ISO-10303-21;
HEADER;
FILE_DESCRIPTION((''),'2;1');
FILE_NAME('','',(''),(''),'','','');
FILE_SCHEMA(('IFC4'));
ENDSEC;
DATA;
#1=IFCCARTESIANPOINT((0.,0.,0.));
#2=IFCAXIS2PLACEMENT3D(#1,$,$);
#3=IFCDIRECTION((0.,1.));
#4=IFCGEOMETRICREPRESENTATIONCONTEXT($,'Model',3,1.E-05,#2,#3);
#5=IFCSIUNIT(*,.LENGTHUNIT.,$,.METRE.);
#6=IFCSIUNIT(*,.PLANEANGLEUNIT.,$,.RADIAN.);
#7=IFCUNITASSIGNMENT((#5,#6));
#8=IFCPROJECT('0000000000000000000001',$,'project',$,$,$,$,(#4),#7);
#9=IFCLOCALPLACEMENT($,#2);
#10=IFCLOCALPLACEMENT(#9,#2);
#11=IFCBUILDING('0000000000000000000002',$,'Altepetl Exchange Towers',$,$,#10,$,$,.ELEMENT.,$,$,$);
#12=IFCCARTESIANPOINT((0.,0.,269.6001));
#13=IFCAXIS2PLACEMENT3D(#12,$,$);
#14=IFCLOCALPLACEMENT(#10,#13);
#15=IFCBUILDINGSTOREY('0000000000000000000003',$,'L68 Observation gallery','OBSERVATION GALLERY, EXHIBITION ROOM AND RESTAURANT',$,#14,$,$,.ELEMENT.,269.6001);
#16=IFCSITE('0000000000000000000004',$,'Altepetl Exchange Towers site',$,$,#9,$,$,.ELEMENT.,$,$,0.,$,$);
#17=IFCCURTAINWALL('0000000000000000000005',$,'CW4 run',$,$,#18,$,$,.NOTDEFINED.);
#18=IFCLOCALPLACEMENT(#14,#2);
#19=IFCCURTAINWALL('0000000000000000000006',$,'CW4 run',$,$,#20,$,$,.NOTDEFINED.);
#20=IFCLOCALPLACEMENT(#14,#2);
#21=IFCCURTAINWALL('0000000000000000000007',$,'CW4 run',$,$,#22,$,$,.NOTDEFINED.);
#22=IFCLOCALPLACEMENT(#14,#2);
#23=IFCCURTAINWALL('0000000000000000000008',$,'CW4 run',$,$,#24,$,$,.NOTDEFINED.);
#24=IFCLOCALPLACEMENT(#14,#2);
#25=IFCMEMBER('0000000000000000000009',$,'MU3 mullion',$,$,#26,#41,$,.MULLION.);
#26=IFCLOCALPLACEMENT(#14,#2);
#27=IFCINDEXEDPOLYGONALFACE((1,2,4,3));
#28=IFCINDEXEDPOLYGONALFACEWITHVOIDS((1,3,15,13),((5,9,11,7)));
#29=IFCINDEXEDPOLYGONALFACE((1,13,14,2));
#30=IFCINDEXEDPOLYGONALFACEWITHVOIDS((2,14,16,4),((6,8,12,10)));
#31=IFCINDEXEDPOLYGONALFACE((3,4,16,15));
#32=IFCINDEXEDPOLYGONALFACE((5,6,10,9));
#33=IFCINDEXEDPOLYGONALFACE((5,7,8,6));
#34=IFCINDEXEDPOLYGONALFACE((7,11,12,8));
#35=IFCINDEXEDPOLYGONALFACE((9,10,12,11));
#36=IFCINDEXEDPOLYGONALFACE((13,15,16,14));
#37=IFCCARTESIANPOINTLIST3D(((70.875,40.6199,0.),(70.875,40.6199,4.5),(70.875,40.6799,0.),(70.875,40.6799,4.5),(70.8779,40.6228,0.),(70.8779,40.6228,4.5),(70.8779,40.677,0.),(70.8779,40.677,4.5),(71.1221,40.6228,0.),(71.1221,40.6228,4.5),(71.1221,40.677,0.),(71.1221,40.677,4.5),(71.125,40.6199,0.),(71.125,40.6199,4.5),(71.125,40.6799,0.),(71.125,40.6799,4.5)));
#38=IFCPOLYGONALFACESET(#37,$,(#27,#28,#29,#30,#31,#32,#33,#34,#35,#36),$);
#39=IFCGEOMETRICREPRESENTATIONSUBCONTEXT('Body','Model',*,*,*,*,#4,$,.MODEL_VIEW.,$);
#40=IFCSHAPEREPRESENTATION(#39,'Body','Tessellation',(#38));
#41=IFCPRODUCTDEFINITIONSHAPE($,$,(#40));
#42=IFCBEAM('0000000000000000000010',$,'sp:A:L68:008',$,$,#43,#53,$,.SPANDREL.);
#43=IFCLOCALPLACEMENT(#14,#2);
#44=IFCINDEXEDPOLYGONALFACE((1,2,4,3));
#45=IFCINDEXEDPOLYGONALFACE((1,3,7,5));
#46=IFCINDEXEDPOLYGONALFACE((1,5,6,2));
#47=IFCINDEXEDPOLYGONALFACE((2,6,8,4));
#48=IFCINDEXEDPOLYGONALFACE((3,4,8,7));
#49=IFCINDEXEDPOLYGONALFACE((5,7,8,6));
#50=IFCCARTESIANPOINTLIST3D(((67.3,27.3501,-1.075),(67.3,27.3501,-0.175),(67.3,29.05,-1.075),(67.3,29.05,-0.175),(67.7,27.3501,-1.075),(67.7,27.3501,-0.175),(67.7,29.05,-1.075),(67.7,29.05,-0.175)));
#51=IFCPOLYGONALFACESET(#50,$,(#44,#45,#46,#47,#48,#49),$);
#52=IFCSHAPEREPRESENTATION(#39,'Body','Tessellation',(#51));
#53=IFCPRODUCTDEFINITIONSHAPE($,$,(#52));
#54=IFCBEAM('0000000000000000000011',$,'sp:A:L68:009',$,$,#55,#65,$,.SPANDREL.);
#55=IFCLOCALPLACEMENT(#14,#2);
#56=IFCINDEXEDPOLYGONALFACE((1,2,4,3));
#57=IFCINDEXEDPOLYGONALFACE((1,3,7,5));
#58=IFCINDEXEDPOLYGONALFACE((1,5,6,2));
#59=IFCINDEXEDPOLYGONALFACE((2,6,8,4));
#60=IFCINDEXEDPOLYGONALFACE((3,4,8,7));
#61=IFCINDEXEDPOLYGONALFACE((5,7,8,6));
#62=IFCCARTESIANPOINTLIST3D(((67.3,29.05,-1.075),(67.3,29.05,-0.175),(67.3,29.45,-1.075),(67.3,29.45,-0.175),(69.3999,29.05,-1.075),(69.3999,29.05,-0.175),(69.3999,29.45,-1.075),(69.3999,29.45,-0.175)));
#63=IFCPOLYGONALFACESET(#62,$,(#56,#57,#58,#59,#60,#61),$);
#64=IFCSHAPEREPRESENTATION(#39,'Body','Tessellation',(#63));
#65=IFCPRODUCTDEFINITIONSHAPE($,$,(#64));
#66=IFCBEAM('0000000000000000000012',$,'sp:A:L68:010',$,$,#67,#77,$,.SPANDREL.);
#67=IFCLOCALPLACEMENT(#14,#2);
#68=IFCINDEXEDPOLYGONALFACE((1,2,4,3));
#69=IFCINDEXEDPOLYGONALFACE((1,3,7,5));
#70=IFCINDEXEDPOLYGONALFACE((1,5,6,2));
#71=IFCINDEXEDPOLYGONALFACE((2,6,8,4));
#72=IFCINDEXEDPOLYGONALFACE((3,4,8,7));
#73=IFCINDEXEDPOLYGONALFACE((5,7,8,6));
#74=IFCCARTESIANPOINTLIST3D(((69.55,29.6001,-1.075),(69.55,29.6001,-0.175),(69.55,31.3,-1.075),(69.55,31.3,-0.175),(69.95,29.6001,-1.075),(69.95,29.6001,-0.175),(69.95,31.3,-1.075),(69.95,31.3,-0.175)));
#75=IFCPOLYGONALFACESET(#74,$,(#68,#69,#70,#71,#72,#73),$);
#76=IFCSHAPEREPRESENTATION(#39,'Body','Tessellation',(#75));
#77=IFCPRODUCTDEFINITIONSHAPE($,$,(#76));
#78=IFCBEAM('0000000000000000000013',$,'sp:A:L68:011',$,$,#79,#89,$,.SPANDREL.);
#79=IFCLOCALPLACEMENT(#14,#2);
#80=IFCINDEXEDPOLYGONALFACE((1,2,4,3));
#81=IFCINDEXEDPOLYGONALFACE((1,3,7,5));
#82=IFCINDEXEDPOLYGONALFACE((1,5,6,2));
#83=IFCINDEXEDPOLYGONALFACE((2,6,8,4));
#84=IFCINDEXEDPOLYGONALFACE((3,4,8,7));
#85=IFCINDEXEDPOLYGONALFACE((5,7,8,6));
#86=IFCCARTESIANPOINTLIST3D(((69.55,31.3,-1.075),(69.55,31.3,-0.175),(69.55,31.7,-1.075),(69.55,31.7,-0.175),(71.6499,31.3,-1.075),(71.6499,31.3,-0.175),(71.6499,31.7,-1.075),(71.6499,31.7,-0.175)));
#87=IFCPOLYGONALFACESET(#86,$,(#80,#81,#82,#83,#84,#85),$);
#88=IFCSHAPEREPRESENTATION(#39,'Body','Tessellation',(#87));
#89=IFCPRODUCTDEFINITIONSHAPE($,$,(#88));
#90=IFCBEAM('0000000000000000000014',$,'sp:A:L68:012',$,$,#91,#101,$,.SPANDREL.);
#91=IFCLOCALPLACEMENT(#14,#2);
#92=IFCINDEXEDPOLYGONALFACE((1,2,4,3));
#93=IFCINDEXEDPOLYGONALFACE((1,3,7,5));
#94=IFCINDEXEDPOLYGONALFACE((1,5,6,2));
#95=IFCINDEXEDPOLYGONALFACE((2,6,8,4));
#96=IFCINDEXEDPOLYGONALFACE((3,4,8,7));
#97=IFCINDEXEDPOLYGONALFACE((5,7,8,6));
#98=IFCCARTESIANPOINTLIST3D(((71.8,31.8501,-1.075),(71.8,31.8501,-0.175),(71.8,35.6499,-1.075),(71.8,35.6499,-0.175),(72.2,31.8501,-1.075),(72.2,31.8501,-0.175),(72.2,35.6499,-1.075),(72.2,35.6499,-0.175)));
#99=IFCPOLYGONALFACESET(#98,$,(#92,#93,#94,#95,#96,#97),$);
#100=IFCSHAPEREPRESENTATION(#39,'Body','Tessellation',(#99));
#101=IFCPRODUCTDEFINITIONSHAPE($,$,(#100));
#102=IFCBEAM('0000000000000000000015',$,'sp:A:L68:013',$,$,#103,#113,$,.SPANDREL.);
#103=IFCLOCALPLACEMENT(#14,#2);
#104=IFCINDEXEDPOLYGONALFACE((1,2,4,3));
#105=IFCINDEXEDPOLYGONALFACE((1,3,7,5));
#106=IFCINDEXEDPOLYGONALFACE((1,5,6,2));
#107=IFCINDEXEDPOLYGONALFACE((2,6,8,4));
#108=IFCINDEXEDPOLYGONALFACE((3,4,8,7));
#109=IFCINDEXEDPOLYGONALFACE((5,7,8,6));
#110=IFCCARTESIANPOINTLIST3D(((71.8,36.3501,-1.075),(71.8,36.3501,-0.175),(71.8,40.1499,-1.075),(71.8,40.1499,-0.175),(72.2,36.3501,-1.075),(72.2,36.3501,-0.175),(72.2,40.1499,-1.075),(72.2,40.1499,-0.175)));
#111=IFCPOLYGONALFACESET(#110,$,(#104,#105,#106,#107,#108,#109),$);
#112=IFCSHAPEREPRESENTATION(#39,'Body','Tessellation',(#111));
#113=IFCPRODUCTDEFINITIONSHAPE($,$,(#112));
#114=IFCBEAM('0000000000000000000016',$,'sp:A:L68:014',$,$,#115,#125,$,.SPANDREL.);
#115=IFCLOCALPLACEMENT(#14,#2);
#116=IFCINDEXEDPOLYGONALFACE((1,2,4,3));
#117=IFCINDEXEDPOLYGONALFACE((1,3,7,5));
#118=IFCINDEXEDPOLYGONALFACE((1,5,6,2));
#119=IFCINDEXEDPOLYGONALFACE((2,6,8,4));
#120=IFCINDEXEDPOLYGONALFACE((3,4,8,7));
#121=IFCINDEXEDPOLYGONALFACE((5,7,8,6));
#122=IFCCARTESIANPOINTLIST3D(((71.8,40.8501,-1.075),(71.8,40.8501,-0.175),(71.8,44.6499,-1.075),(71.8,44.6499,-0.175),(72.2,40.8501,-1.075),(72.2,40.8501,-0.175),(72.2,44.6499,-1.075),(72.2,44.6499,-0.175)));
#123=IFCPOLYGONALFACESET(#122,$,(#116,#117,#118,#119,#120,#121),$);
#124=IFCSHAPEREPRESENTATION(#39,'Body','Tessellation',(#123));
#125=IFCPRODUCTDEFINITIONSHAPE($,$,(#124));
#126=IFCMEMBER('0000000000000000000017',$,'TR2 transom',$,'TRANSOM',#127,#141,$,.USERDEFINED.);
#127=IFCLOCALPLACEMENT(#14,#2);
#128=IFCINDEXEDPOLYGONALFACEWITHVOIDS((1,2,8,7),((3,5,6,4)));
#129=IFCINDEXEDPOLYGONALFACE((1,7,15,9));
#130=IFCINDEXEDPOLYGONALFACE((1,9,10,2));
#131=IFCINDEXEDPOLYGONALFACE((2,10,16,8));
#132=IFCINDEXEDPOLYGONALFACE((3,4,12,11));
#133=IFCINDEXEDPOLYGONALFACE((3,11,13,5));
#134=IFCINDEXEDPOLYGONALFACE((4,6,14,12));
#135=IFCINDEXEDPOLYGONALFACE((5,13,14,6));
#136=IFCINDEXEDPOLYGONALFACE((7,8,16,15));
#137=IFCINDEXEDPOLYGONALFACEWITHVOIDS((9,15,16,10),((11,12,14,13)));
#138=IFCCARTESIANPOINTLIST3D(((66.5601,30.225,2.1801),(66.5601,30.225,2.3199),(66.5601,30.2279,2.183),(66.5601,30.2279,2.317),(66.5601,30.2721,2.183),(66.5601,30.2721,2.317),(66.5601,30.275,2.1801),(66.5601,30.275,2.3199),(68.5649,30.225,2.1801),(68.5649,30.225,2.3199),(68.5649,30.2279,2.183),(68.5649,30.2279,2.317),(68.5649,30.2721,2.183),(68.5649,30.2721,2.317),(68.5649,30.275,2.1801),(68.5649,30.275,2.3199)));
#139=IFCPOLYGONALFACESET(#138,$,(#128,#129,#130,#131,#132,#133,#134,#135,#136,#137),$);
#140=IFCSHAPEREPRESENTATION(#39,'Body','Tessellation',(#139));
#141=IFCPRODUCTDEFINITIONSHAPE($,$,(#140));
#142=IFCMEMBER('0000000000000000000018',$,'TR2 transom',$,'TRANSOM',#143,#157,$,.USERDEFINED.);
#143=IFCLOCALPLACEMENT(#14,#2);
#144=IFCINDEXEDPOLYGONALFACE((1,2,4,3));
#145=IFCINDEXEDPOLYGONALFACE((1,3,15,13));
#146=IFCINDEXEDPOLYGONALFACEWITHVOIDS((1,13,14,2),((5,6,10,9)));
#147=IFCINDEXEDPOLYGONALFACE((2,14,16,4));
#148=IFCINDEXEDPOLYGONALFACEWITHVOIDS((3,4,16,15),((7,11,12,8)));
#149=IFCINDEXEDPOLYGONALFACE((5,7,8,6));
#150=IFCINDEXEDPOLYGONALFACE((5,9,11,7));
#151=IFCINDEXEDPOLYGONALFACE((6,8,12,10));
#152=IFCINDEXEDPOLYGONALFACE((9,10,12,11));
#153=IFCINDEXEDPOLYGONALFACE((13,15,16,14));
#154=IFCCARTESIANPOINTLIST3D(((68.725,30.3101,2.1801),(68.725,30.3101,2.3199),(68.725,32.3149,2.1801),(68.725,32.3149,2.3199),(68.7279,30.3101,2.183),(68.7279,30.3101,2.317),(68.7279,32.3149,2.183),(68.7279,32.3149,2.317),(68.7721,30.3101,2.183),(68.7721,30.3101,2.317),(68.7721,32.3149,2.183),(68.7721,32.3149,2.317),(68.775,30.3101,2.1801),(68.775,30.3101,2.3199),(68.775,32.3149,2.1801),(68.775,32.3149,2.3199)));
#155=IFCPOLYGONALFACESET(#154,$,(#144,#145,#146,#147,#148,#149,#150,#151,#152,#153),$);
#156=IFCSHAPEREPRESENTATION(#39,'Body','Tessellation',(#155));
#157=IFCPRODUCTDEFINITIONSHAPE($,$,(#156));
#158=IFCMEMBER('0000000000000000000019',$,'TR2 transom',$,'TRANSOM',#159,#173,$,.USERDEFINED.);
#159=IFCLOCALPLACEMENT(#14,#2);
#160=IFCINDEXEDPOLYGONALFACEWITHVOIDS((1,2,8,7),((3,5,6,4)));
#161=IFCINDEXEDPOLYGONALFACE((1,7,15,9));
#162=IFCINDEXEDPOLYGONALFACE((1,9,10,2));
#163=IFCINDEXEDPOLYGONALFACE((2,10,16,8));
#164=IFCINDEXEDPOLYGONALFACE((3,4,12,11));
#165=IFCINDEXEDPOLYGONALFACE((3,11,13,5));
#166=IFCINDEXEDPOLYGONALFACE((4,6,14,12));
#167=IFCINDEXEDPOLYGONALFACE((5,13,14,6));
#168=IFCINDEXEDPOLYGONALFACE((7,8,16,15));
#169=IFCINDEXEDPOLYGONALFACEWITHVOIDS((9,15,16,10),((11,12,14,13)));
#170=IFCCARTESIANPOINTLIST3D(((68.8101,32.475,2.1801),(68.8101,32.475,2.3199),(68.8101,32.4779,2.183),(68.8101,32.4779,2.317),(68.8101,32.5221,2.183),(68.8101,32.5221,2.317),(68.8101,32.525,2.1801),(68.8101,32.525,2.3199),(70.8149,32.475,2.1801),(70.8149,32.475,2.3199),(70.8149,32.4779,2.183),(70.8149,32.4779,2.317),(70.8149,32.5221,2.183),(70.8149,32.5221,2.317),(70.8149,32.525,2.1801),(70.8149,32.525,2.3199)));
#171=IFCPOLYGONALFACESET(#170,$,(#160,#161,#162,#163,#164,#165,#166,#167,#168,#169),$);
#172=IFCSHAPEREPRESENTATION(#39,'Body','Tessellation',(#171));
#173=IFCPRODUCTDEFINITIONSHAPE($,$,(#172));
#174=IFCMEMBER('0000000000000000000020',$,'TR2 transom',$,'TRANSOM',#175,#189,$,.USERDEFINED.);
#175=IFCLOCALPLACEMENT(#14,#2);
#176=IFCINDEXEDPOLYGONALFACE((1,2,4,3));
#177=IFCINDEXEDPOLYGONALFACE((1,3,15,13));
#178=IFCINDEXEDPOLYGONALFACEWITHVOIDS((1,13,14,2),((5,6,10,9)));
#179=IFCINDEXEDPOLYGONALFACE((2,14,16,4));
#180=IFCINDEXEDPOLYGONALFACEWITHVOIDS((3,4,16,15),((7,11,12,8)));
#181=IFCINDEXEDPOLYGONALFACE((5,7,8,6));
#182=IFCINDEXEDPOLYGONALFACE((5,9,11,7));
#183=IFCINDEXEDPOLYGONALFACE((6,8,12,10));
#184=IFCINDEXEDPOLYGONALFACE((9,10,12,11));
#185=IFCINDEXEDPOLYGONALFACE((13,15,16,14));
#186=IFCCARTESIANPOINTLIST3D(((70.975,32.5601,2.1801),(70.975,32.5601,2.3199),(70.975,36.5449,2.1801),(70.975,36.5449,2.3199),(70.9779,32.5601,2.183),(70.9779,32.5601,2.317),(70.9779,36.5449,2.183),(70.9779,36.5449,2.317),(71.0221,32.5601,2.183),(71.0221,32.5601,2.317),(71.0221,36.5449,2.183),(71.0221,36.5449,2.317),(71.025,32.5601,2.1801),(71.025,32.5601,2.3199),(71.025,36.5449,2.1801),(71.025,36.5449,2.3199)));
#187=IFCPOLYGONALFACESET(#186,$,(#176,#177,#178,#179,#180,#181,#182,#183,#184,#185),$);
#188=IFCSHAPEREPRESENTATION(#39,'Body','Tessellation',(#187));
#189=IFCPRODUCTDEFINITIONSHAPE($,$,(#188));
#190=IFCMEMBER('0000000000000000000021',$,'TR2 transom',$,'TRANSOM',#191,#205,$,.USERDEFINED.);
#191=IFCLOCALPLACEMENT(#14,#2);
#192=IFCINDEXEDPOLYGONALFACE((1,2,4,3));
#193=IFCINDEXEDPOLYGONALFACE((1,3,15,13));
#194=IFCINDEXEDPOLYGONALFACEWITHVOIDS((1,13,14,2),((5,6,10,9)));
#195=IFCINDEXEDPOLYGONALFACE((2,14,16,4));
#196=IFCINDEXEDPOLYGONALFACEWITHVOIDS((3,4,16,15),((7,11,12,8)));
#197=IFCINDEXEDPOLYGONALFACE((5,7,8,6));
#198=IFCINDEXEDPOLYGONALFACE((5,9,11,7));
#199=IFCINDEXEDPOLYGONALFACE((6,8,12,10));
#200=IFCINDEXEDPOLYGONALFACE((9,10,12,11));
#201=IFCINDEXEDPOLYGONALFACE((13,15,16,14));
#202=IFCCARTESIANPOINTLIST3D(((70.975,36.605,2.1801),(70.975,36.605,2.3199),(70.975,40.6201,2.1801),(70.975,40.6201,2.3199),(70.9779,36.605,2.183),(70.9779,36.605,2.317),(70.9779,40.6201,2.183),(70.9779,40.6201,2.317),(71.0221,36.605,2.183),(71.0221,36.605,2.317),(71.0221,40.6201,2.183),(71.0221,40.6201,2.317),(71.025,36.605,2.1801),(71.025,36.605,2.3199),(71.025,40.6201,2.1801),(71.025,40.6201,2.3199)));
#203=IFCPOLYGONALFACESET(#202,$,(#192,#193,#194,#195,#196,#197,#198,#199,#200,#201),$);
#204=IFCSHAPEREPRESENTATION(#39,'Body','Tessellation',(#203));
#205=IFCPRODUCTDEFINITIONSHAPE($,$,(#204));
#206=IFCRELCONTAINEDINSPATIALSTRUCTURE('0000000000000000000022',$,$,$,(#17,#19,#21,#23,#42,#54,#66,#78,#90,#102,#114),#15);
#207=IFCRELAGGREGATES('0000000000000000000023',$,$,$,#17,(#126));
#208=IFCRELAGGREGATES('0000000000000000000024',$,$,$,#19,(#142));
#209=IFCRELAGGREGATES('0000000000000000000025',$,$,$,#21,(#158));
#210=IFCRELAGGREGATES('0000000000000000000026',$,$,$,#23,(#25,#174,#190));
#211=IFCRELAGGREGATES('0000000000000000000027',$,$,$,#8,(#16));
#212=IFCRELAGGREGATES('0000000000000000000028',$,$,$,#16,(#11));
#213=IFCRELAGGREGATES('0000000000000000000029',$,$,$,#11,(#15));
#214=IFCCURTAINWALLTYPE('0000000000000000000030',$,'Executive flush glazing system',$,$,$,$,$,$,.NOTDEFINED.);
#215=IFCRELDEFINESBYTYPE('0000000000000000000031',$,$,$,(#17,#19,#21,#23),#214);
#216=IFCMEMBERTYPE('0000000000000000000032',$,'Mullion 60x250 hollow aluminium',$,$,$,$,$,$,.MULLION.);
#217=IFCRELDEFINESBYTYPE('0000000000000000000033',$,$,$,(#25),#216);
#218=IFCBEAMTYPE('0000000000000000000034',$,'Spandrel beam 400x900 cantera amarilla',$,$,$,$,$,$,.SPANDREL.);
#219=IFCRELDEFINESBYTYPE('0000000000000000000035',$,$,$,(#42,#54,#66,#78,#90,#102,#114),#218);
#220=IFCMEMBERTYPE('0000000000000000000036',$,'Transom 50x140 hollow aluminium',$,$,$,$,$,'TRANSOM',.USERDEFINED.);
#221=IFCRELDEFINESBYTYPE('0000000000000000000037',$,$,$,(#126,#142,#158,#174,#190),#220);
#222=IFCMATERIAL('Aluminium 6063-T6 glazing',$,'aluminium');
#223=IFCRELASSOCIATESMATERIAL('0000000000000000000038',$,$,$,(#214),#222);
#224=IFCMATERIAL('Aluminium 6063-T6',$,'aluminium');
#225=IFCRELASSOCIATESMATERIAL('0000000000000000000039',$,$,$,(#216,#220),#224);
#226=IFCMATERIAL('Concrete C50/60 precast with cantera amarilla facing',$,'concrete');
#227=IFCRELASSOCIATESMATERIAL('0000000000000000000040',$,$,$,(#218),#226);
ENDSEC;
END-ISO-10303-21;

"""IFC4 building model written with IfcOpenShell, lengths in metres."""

from ifc_helpers import new_model, si_unit, direction, frame, origin, origin_2d, place, context, subcontext, project, spatial, rectangle, hollow_rectangle, extrude, material, material_profile, profile_set, type_object, element, aggregate, save


model = new_model("IFC4")

# Units and contexts
model_context = context("Model", 3, precision=1e-05, world=origin(), true_north=direction((0.0, 1.0)))
body_context = subcontext(model_context, "Body", "Model", "MODEL_VIEW")
ifc_project = project(units=[si_unit("LENGTHUNIT", "METRE"), si_unit("PLANEANGLEUNIT", "RADIAN")], contexts=[model_context])

# Site, building, storey
site_placement = place(None, origin())
site = spatial("IfcSite", under=ifc_project, at=site_placement, Name="Altepetl Exchange Towers site", CompositionType="ELEMENT", RefElevation=0.0)
building_placement = place(site_placement, origin())
building = spatial("IfcBuilding", under=site, at=building_placement, Name="Altepetl Exchange Towers", CompositionType="ELEMENT")
storey_placement = place(building_placement, frame((0.0, 0.0, 269.6001)))
storey = spatial("IfcBuildingStorey", under=building, at=storey_placement, Name="L68 Observation gallery", Description="OBSERVATION GALLERY, EXHIBITION ROOM AND RESTAURANT", CompositionType="ELEMENT", Elevation=269.6001)

# Curtain walls, member
ifc_material_1 = material(Name="Aluminium 6063-T6 glazing", Category="aluminium")
curtain_wall_type = type_object("IfcCurtainWallType", Name="Executive flush glazing system", PredefinedType="NOTDEFINED", material=ifc_material_1)
curtain_wall_1_placement = place(storey_placement, origin())
curtain_wall_1 = element("IfcCurtainWall", 1, at=curtain_wall_1_placement, inside=storey, type_object=curtain_wall_type, Name="CW4 run", PredefinedType="NOTDEFINED")
ifc_material_2 = material(Name="Aluminium 6063-T6", Category="aluminium")
ifc_material_profile_1 = material_profile(ifc_material_2, hollow_rectangle(XDim=0.0601, YDim=0.25, WallThickness=0.0029, at=origin_2d()), Name="Mullion 60x250 hollow aluminium")
ifc_profile_set_1 = profile_set([ifc_material_profile_1], Name="Aluminium 6063-T6")
member_type_1 = type_object("IfcMemberType", Name="Mullion 60x250 hollow aluminium", PredefinedType="MULLION", material=ifc_profile_set_1)
curtain_wall_2_placement = place(storey_placement, origin())
curtain_wall_2 = element("IfcCurtainWall", 2, at=curtain_wall_2_placement, inside=storey, type_object=curtain_wall_type, Name="CW4 run", PredefinedType="NOTDEFINED")
curtain_wall_3_placement = place(storey_placement, origin())
curtain_wall_3 = element("IfcCurtainWall", 3, at=curtain_wall_3_placement, inside=storey, type_object=curtain_wall_type, Name="CW4 run", PredefinedType="NOTDEFINED")
curtain_wall_4_placement = place(storey_placement, origin())
curtain_wall_4 = element("IfcCurtainWall", 4, at=curtain_wall_4_placement, inside=storey, type_object=curtain_wall_type, Name="CW4 run", PredefinedType="NOTDEFINED")
member_1_placement = place(storey_placement, frame((71.0, 40.6499, 0.0), z_axis=(0.0, 0.0, 1.0), x_axis=(0.0, 1.0, 0.0)))
member_1 = element("IfcMember", 5, at=member_1_placement, type_object=member_type_1, Name="MU3 mullion", PredefinedType="MULLION", context=body_context, shape_type="SweptSolid", body=[
    extrude(hollow_rectangle(XDim=0.0601, YDim=0.25, WallThickness=0.0029, at=origin_2d()), origin(), (0.0, 0.0, 1.0), 4.5),
])

# Beams
ifc_material_3 = material(Name="Concrete C50/60 precast with cantera amarilla facing", Category="concrete")
ifc_material_profile_2 = material_profile(ifc_material_3, rectangle(XDim=0.3999, YDim=0.8999, at=origin_2d()), Name="400 x 900")
ifc_profile_set_2 = profile_set([ifc_material_profile_2], Name="Concrete C50/60 precast with cantera amarilla facing")
beam_type = type_object("IfcBeamType", Name="Spandrel beam 400x900 cantera amarilla", PredefinedType="SPANDREL", material=ifc_profile_set_2)
beam_1_placement = place(storey_placement, frame((67.5, 27.3501, -0.625), z_axis=(0.0, 1.0, 0.0), x_axis=(-1.0, 0.0, 0.0)))
element("IfcBeam", 6, at=beam_1_placement, inside=storey, type_object=beam_type, Name="sp:A:L68:008", PredefinedType="SPANDREL", context=body_context, shape_type="SweptSolid", body=[
    extrude(rectangle(XDim=0.3999, YDim=0.8999, at=origin_2d()), origin(), (0.0, 0.0, 1.0), 1.7),
])
beam_2_placement = place(storey_placement, frame((67.3, 29.25, -0.625), z_axis=(1.0, 0.0, 0.0), x_axis=(0.0, 1.0, 0.0)))
element("IfcBeam", 7, at=beam_2_placement, inside=storey, type_object=beam_type, Name="sp:A:L68:009", PredefinedType="SPANDREL", context=body_context, shape_type="SweptSolid", body=[
    extrude(rectangle(XDim=0.3999, YDim=0.8999, at=origin_2d()), origin(), (0.0, 0.0, 1.0), 2.0999),
])
beam_3_placement = place(storey_placement, frame((69.75, 29.6001, -0.625), z_axis=(0.0, 1.0, 0.0), x_axis=(-1.0, 0.0, 0.0)))
element("IfcBeam", 8, at=beam_3_placement, inside=storey, type_object=beam_type, Name="sp:A:L68:010", PredefinedType="SPANDREL", context=body_context, shape_type="SweptSolid", body=[
    extrude(rectangle(XDim=0.3999, YDim=0.8999, at=origin_2d()), origin(), (0.0, 0.0, 1.0), 1.7),
])
beam_4_placement = place(storey_placement, frame((69.55, 31.5, -0.625), z_axis=(1.0, 0.0, 0.0), x_axis=(0.0, 1.0, 0.0)))
element("IfcBeam", 9, at=beam_4_placement, inside=storey, type_object=beam_type, Name="sp:A:L68:011", PredefinedType="SPANDREL", context=body_context, shape_type="SweptSolid", body=[
    extrude(rectangle(XDim=0.3999, YDim=0.8999, at=origin_2d()), origin(), (0.0, 0.0, 1.0), 2.0999),
])
for number, where, z_axis, x_axis, name in (
    (10, (72.0, 31.8501, -0.625), (0.0, 1.0, 0.0), (-1.0, 0.0, 0.0), "sp:A:L68:012"),
    (11, (72.0, 36.3501, -0.625), (0.0, 1.0, 0.0), (-1.0, 0.0, 0.0), "sp:A:L68:013"),
    (12, (72.0, 40.8501, -0.625), (0.0, 1.0, 0.0), (-1.0, 0.0, 0.0), "sp:A:L68:014"),
):
    element("IfcBeam", number, at=place(storey_placement, frame(where, z_axis=z_axis, x_axis=x_axis)), inside=storey, type_object=beam_type, Name=name, PredefinedType="SPANDREL", context=body_context, shape_type="SweptSolid", body=[
        extrude(rectangle(XDim=0.3999, YDim=0.8999, at=origin_2d()), origin(), (0.0, 0.0, 1.0), 3.7998),
    ])

# Members
ifc_material_profile_3 = material_profile(ifc_material_2, hollow_rectangle(XDim=0.05, YDim=0.1399, WallThickness=0.0029, at=origin_2d()), Name="Transom 50x140 hollow aluminium")
ifc_profile_set_3 = profile_set([ifc_material_profile_3], Name="Aluminium 6063-T6")
member_type_2 = type_object("IfcMemberType", Name="Transom 50x140 hollow aluminium", ElementType="TRANSOM", PredefinedType="USERDEFINED", material=ifc_profile_set_3)
member_2_placement = place(storey_placement, frame((66.5601, 30.25, 2.25), z_axis=(1.0, 0.0, 0.0), x_axis=(0.0, 1.0, 0.0)))
member_2 = element("IfcMember", 13, at=member_2_placement, type_object=member_type_2, Name="TR2 transom", ObjectType="TRANSOM", PredefinedType="USERDEFINED", context=body_context, shape_type="SweptSolid", body=[
    extrude(hollow_rectangle(XDim=0.05, YDim=0.1399, WallThickness=0.0029, at=origin_2d()), origin(), (0.0, 0.0, 1.0), 2.0049),
])
member_3_placement = place(storey_placement, frame((68.75, 30.3101, 2.25), z_axis=(0.0, 1.0, 0.0), x_axis=(-1.0, 0.0, 0.0)))
member_3 = element("IfcMember", 14, at=member_3_placement, type_object=member_type_2, Name="TR2 transom", ObjectType="TRANSOM", PredefinedType="USERDEFINED", context=body_context, shape_type="SweptSolid", body=[
    extrude(hollow_rectangle(XDim=0.05, YDim=0.1399, WallThickness=0.0029, at=origin_2d()), origin(), (0.0, 0.0, 1.0), 2.0049),
])
member_4_placement = place(storey_placement, frame((68.8101, 32.5, 2.25), z_axis=(1.0, 0.0, 0.0), x_axis=(0.0, 1.0, 0.0)))
member_4 = element("IfcMember", 15, at=member_4_placement, type_object=member_type_2, Name="TR2 transom", ObjectType="TRANSOM", PredefinedType="USERDEFINED", context=body_context, shape_type="SweptSolid", body=[
    extrude(hollow_rectangle(XDim=0.05, YDim=0.1399, WallThickness=0.0029, at=origin_2d()), origin(), (0.0, 0.0, 1.0), 2.0049),
])
member_5_placement = place(storey_placement, frame((71.0, 32.5601, 2.25), z_axis=(0.0, 1.0, 0.0), x_axis=(-1.0, 0.0, 0.0)))
member_5 = element("IfcMember", 16, at=member_5_placement, type_object=member_type_2, Name="TR2 transom", ObjectType="TRANSOM", PredefinedType="USERDEFINED", context=body_context, shape_type="SweptSolid", body=[
    extrude(hollow_rectangle(XDim=0.05, YDim=0.1399, WallThickness=0.0029, at=origin_2d()), origin(), (0.0, 0.0, 1.0), 3.9849),
])
member_6_placement = place(storey_placement, frame((71.0, 36.605, 2.25), z_axis=(0.0, 1.0, 0.0), x_axis=(-1.0, 0.0, 0.0)))
member_6 = element("IfcMember", 17, at=member_6_placement, type_object=member_type_2, Name="TR2 transom", ObjectType="TRANSOM", PredefinedType="USERDEFINED", context=body_context, shape_type="SweptSolid", body=[
    extrude(hollow_rectangle(XDim=0.05, YDim=0.1399, WallThickness=0.0029, at=origin_2d()), origin(), (0.0, 0.0, 1.0), 4.0151),
])

aggregate(curtain_wall_1, [member_2])
aggregate(curtain_wall_2, [member_3])
aggregate(curtain_wall_3, [member_4])
aggregate(curtain_wall_4, [member_1, member_5, member_6])

save(model, "model.ifc")
